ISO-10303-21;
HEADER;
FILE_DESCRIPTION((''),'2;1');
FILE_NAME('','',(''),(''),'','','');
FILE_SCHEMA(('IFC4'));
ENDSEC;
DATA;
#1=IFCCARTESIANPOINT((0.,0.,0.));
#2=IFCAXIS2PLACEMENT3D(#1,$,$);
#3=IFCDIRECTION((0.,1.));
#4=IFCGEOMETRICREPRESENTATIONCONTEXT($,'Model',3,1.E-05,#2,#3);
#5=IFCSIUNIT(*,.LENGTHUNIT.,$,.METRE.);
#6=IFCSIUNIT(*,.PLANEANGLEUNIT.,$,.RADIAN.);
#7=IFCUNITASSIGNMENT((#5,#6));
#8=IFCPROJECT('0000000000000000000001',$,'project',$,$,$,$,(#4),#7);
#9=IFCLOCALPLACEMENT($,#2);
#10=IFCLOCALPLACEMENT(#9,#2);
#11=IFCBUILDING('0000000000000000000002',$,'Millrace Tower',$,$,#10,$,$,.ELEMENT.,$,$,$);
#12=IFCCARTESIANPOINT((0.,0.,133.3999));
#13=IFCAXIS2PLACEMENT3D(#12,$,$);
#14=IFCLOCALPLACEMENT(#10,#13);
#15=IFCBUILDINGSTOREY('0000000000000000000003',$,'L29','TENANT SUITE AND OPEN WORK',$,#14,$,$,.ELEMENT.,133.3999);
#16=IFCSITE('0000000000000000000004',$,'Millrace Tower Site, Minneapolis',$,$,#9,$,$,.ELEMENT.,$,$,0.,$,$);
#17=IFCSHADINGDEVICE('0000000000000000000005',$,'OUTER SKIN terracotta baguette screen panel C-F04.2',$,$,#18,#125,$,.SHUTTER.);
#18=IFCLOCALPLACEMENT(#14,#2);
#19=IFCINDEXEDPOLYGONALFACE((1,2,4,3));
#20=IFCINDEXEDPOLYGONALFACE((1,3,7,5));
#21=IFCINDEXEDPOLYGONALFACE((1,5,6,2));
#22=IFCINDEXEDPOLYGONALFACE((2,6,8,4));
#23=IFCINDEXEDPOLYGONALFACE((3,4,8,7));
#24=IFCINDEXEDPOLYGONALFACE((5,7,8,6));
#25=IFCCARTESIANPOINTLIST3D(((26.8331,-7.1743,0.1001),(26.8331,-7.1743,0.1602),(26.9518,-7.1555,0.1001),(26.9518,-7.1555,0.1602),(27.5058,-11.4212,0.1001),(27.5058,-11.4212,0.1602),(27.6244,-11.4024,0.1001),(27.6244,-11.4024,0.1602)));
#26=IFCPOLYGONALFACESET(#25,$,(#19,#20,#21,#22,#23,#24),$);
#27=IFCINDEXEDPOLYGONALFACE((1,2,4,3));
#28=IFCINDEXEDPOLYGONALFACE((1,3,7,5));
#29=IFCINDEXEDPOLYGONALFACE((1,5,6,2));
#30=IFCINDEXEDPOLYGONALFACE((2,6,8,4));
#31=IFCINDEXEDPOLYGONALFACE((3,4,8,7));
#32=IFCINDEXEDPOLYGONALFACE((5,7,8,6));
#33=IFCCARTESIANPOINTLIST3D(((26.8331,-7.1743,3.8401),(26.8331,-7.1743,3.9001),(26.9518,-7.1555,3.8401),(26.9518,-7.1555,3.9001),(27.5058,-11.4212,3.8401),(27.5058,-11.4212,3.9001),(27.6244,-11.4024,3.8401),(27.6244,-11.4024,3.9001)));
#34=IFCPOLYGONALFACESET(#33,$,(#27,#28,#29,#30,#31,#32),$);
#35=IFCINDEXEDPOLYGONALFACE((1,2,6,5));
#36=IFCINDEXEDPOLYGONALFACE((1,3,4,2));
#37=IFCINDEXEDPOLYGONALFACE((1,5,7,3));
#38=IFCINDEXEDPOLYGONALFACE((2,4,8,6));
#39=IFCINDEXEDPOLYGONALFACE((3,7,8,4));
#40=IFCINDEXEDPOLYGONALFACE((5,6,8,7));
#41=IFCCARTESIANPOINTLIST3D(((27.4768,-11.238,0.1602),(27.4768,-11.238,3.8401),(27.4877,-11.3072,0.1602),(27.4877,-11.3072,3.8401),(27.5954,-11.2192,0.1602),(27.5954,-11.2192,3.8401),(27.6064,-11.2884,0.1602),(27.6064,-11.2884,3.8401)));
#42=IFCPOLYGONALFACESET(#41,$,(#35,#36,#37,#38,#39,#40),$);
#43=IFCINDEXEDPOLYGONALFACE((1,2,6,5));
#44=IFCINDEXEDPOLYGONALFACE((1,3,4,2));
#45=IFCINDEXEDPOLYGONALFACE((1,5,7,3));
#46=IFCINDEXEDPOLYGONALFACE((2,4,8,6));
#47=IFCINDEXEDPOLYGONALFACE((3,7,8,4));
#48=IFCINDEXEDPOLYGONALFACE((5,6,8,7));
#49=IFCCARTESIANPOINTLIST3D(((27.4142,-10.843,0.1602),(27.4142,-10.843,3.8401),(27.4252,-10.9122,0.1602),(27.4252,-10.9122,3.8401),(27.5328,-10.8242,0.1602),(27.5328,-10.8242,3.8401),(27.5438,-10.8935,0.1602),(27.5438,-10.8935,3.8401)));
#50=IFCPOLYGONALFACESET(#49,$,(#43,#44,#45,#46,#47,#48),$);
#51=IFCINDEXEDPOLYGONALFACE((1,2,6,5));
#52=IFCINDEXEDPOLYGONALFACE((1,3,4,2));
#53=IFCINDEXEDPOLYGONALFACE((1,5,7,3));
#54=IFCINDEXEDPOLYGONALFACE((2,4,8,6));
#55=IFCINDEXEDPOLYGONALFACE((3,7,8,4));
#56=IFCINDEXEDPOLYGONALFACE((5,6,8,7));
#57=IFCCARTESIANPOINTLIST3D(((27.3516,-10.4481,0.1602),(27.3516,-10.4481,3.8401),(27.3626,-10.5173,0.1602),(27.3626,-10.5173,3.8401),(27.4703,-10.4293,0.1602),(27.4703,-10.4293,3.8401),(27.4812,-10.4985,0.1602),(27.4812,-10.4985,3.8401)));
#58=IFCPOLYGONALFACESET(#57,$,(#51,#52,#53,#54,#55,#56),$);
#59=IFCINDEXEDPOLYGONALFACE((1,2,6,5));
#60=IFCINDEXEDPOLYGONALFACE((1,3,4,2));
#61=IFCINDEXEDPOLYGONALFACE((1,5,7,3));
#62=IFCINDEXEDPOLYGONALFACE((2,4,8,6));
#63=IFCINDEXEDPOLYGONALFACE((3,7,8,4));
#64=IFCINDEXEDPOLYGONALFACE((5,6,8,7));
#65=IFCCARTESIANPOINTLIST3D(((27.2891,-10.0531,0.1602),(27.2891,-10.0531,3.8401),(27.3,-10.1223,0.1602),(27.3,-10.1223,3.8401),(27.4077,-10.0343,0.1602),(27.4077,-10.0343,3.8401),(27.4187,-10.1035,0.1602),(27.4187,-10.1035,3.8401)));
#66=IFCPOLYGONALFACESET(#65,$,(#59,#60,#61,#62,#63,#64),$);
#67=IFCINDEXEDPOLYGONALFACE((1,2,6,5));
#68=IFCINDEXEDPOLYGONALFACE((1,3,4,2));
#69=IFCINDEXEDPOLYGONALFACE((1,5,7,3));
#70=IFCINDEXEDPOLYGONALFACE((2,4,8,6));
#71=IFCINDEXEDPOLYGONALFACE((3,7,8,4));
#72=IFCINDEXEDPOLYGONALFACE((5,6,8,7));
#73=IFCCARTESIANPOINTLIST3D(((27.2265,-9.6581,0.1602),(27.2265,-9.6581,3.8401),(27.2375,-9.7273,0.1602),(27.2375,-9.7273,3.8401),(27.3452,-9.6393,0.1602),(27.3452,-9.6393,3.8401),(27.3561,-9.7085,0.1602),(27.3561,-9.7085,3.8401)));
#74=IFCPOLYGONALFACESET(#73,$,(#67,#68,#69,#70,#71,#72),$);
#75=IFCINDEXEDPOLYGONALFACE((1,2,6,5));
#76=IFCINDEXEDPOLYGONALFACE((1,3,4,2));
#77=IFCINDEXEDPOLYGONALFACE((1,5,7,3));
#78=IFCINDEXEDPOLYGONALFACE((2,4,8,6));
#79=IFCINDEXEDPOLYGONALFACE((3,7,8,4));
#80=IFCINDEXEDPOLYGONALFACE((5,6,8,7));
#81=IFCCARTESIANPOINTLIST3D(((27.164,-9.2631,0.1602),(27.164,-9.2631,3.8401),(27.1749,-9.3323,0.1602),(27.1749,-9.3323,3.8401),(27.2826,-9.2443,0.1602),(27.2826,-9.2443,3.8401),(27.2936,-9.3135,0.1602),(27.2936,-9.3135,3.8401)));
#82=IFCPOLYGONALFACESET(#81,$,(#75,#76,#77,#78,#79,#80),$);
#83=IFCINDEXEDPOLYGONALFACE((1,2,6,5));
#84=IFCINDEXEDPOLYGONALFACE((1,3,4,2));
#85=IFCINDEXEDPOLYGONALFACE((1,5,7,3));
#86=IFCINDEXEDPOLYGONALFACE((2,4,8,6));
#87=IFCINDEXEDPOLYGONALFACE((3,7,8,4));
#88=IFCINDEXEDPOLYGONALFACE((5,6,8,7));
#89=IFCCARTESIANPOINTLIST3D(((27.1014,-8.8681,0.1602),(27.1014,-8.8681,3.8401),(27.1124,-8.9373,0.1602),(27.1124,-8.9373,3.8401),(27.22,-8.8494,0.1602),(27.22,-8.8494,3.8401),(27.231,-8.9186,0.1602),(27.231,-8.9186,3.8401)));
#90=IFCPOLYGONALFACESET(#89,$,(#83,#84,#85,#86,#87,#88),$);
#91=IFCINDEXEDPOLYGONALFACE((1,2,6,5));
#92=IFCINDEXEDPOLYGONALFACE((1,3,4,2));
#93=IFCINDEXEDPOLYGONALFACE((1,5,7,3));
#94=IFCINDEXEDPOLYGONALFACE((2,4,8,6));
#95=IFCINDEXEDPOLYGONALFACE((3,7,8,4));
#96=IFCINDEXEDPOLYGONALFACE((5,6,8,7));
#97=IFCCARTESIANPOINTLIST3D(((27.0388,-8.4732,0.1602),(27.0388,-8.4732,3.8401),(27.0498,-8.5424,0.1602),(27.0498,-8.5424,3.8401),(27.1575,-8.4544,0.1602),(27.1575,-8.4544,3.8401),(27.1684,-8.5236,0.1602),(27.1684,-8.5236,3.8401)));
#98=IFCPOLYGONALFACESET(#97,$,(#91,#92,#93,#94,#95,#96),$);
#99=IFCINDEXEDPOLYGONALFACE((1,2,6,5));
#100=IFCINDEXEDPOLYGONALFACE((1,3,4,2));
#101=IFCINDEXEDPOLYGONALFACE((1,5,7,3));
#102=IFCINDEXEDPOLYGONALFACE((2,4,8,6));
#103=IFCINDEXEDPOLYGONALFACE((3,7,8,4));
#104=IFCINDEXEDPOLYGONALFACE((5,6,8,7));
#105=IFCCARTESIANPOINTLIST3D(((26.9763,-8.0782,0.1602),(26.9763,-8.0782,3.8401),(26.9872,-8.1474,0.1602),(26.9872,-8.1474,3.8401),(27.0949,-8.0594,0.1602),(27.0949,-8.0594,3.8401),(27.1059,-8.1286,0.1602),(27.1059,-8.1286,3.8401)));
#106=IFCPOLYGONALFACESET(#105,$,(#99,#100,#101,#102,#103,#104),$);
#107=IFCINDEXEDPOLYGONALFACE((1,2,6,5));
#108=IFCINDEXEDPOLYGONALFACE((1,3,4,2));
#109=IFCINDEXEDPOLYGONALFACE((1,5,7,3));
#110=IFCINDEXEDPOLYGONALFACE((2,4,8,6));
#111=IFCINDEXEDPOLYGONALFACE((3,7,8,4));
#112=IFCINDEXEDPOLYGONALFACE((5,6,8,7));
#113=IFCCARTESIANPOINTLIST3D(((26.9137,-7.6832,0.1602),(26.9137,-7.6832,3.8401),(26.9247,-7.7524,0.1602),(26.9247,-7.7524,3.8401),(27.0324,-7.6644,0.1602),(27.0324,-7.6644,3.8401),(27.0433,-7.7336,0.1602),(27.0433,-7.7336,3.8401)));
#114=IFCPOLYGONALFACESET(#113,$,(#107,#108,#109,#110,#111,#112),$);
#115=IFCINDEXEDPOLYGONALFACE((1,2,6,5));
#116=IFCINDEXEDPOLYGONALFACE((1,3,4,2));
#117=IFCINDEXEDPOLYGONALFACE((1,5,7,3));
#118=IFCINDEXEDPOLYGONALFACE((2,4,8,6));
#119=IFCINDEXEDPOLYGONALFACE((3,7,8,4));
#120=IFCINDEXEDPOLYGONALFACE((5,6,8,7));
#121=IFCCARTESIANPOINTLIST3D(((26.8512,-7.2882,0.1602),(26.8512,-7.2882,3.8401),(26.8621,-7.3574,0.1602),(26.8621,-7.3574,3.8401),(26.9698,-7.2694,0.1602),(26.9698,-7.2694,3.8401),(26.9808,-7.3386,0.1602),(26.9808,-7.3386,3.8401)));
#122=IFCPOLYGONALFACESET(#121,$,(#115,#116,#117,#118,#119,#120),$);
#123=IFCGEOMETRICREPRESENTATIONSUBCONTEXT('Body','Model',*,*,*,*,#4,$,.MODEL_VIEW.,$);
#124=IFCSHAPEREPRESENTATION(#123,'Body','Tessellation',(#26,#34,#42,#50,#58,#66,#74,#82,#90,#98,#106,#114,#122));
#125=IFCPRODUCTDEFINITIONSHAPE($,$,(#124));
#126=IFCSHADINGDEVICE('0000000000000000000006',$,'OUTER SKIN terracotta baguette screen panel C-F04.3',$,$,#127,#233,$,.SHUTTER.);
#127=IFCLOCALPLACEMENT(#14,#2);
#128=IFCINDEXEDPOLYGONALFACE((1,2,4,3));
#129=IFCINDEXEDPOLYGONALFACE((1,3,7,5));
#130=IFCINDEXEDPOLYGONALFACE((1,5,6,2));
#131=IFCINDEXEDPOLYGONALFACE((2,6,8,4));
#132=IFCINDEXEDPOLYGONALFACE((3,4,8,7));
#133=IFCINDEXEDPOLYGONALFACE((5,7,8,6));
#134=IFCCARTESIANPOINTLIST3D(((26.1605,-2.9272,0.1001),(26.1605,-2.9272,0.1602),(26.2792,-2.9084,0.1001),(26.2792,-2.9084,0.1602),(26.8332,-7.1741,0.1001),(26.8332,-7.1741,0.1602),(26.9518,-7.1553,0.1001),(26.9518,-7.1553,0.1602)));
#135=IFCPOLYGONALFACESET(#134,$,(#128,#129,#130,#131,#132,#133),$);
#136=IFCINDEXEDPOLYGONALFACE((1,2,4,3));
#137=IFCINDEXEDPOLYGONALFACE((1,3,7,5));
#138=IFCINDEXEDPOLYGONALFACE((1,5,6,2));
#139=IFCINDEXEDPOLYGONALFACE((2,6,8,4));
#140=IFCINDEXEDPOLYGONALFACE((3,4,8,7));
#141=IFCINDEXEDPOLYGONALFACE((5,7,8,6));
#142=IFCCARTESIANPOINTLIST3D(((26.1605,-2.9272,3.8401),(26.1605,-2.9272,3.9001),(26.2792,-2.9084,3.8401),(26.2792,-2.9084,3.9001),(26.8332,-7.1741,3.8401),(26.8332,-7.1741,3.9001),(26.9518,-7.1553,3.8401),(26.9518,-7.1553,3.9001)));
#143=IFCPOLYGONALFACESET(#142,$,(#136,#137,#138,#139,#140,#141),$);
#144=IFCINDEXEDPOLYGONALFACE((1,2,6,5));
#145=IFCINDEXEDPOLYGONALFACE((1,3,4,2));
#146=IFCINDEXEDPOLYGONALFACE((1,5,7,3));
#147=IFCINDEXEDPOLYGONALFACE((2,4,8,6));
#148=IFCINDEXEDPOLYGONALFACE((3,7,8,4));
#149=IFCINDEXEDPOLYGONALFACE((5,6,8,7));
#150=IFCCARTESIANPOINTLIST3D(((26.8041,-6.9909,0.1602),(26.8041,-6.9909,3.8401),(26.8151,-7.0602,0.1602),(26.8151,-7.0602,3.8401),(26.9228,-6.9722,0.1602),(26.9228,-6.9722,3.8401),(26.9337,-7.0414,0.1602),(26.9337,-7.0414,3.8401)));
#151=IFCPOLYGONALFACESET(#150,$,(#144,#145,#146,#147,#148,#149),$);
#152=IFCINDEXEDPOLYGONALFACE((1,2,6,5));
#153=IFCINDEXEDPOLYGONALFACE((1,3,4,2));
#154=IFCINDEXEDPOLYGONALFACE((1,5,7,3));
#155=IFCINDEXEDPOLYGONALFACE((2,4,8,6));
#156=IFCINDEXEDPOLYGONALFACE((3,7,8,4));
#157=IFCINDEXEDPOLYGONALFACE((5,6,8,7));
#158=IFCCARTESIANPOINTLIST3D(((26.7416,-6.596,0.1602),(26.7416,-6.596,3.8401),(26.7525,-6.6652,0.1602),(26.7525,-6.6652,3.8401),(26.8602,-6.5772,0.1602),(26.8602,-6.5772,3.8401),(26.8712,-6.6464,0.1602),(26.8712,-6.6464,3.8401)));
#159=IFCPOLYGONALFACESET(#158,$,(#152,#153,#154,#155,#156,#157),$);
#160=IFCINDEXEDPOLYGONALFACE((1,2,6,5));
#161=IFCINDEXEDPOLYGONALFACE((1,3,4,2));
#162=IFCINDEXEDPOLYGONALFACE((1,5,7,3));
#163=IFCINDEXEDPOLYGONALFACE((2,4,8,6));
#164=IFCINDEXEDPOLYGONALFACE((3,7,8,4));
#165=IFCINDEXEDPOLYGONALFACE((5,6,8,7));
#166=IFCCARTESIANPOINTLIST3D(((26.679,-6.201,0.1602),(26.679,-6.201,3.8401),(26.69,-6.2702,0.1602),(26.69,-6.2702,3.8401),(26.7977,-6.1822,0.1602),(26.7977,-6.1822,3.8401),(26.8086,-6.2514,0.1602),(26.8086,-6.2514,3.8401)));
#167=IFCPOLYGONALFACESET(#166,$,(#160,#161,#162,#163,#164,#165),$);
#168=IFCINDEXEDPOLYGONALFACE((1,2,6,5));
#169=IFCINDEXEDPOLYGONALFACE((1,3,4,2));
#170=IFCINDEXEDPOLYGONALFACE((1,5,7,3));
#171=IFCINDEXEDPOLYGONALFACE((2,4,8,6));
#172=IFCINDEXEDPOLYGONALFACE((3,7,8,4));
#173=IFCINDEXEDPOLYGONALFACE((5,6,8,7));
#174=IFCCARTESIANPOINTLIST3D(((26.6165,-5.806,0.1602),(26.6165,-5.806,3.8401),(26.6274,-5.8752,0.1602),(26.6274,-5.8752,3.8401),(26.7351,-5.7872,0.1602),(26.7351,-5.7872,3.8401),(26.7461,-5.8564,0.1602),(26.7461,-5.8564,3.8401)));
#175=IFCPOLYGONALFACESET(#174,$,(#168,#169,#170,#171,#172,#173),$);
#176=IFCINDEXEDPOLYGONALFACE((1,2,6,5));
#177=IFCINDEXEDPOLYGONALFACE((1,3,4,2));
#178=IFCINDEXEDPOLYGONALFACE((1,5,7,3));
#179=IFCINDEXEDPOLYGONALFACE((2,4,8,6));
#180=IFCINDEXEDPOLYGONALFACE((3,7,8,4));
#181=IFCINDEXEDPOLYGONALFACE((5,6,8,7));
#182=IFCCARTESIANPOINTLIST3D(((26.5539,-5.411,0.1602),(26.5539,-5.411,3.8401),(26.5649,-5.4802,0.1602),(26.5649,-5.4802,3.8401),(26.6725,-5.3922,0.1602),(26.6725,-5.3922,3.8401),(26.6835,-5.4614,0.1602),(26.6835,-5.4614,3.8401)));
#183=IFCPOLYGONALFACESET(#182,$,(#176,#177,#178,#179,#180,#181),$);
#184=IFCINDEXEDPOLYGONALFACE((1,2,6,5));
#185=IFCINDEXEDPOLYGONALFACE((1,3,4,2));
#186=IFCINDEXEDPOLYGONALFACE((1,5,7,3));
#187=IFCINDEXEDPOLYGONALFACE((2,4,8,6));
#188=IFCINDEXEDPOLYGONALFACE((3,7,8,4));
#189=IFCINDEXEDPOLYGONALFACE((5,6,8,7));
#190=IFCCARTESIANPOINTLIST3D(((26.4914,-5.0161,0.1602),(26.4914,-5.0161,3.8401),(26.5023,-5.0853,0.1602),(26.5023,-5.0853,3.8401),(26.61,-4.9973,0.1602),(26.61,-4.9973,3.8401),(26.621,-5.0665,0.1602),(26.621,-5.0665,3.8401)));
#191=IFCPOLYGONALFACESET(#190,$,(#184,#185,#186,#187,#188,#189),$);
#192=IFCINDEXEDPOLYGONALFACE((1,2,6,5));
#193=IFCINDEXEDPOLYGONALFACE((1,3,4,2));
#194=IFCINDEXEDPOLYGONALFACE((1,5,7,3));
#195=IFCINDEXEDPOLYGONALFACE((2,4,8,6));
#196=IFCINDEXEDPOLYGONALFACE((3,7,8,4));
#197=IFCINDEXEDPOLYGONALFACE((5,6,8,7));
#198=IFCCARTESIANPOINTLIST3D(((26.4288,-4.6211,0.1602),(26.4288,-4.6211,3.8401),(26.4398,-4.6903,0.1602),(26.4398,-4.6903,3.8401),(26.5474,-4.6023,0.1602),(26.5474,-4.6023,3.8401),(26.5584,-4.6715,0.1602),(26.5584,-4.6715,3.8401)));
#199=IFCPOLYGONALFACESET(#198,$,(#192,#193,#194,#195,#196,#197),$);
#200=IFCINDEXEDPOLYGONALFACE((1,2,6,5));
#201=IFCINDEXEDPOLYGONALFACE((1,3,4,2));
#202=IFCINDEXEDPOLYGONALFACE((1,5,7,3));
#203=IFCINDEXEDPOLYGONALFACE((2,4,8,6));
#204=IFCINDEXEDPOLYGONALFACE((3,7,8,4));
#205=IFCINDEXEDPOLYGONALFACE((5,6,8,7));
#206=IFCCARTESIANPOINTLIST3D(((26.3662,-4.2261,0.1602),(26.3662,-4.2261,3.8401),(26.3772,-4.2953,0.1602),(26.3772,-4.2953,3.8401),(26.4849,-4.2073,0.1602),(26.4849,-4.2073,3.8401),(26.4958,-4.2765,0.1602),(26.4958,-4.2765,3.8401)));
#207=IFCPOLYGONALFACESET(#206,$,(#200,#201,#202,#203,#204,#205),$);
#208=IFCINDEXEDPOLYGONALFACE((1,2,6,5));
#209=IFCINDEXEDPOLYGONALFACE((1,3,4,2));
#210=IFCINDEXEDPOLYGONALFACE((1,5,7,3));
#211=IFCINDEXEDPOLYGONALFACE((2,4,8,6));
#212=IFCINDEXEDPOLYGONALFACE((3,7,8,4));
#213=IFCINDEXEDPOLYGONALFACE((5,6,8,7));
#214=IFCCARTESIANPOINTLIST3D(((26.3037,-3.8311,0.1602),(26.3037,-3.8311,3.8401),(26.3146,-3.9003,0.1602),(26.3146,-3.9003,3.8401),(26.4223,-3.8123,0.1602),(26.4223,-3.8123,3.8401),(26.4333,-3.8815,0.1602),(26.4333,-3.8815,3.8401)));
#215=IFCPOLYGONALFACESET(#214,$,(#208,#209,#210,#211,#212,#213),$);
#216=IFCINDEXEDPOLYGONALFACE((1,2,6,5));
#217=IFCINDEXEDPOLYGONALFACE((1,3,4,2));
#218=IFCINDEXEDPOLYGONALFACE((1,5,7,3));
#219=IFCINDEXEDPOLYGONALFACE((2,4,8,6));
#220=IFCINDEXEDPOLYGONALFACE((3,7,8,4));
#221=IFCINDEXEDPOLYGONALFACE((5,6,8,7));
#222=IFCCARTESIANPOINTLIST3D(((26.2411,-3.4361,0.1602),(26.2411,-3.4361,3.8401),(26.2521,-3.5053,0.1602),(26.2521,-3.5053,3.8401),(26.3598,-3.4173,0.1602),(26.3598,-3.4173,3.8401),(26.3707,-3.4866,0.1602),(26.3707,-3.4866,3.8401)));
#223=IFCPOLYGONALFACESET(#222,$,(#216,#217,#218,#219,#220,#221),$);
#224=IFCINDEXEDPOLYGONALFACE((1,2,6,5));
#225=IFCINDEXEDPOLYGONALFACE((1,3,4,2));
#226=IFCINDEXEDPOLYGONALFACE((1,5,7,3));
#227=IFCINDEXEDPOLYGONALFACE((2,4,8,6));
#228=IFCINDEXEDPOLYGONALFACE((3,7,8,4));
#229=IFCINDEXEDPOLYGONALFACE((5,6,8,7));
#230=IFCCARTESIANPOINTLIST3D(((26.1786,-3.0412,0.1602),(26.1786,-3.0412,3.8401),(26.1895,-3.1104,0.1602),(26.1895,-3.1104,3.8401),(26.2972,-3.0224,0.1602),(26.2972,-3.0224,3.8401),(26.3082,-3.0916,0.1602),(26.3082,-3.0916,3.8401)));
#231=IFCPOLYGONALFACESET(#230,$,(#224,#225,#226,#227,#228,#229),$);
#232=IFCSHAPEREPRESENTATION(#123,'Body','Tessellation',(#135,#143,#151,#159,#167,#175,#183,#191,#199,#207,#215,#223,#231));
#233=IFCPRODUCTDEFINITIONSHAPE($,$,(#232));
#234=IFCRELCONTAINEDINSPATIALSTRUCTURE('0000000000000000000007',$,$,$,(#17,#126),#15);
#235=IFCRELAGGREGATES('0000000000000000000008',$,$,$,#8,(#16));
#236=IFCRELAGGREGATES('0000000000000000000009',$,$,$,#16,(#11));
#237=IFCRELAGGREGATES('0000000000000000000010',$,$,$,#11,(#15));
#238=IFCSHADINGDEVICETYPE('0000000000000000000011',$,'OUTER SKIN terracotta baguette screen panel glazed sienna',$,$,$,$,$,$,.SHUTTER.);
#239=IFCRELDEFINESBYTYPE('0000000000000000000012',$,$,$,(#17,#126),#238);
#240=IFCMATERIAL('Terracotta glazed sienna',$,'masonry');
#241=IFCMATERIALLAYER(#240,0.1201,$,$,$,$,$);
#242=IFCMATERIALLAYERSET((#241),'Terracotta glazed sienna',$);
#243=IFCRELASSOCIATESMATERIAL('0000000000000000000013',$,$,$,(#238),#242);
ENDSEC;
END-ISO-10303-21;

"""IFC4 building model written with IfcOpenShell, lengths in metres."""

from ifc_helpers import new_model, entity, si_unit, direction, frame, frame_2d, origin, origin_2d, place, context, subcontext, project, spatial, rectangle, extrude, source, transform, mapped, material, layer, layer_set, type_object, element, save


model = new_model("IFC4")

# Units and contexts
model_context = context("Model", 3, precision=1e-05, world=origin(), true_north=direction((0.0, 1.0)))
body_context = subcontext(model_context, "Body", "Model", "MODEL_VIEW")
ifc_project = project(units=[si_unit("LENGTHUNIT", "METRE"), si_unit("PLANEANGLEUNIT", "RADIAN")], contexts=[model_context])

# Site, building, storey
site_placement = place(None, origin())
site = spatial("IfcSite", under=ifc_project, at=site_placement, Name="Millrace Tower Site, Minneapolis", CompositionType="ELEMENT", RefElevation=0.0)
building_placement = place(site_placement, origin())
building = spatial("IfcBuilding", under=site, at=building_placement, Name="Millrace Tower", CompositionType="ELEMENT")
storey_placement = place(building_placement, frame((0.0, 0.0, 133.3999)))
storey = spatial("IfcBuildingStorey", under=building, at=storey_placement, Name="L29", Description="TENANT SUITE AND OPEN WORK", CompositionType="ELEMENT", Elevation=133.3999)

# Shading devices
ifc_material_1 = material(Name="Terracotta glazed sienna", Category="masonry")
ifc_layer_1 = layer(ifc_material_1, 0.1201)
ifc_layer_set_1 = layer_set([ifc_layer_1], Name="Terracotta glazed sienna")
shading_device_type = type_object("IfcShadingDeviceType", Name="OUTER SKIN terracotta baguette screen panel glazed sienna", PredefinedType="SHUTTER", material=ifc_layer_set_1)
cartesian_point = entity("IfcCartesianPoint", [-2.1499, 0.0601])
shared_polyline = entity("IfcPolyline", [cartesian_point, entity("IfcCartesianPoint", [2.1499, 0.0601]), entity("IfcCartesianPoint", [2.1499, -0.0601]), entity("IfcCartesianPoint", [-2.1499, -0.0601]), cartesian_point])
shared_shape = source(origin(), body_context, "Body", "SweptSolid", [
    entity("IfcExtrudedAreaSolid", entity("IfcArbitraryClosedProfileDef", "AREA", None, shared_polyline), entity("IfcAxis2Placement3D", entity("IfcCartesianPoint", [0.0, 0.0, 0.0])), entity("IfcDirection", [0.0, 0.0, 1.0]), 0.0601),
    entity("IfcExtrudedAreaSolid", entity("IfcArbitraryClosedProfileDef", "AREA", None, shared_polyline), entity("IfcAxis2Placement3D", entity("IfcCartesianPoint", [0.0, 0.0, 3.74])), entity("IfcDirection", [0.0, 0.0, 1.0]), 0.0601),
    extrude(rectangle(XDim=0.0701, YDim=0.1201, at=frame_2d((-1.9995, 0.0))), frame((0.0, 0.0, 0.0601)), (0.0, 0.0, 1.0), 3.6799),
    extrude(rectangle(XDim=0.0701, YDim=0.1201, at=frame_2d((-1.5996, 0.0))), frame((0.0, 0.0, 0.0601)), (0.0, 0.0, 1.0), 3.6799),
    extrude(rectangle(XDim=0.0701, YDim=0.1201, at=frame_2d((-1.1997, 0.0))), frame((0.0, 0.0, 0.0601)), (0.0, 0.0, 1.0), 3.6799),
    extrude(rectangle(XDim=0.0701, YDim=0.1201, at=frame_2d((-0.7998, 0.0))), frame((0.0, 0.0, 0.0601)), (0.0, 0.0, 1.0), 3.6799),
    extrude(rectangle(XDim=0.0701, YDim=0.1201, at=frame_2d((-0.3999, 0.0))), frame((0.0, 0.0, 0.0601)), (0.0, 0.0, 1.0), 3.6799),
    extrude(rectangle(XDim=0.0701, YDim=0.1201, at=origin_2d()), frame((0.0, 0.0, 0.0601)), (0.0, 0.0, 1.0), 3.6799),
    extrude(rectangle(XDim=0.0701, YDim=0.1201, at=frame_2d((0.3999, 0.0))), frame((0.0, 0.0, 0.0601)), (0.0, 0.0, 1.0), 3.6799),
    extrude(rectangle(XDim=0.0701, YDim=0.1201, at=frame_2d((0.7998, 0.0))), frame((0.0, 0.0, 0.0601)), (0.0, 0.0, 1.0), 3.6799),
    extrude(rectangle(XDim=0.0701, YDim=0.1201, at=frame_2d((1.1997, 0.0))), frame((0.0, 0.0, 0.0601)), (0.0, 0.0, 1.0), 3.6799),
    extrude(rectangle(XDim=0.0701, YDim=0.1201, at=frame_2d((1.5996, 0.0))), frame((0.0, 0.0, 0.0601)), (0.0, 0.0, 1.0), 3.6799),
    extrude(rectangle(XDim=0.0701, YDim=0.1201, at=frame_2d((1.9995, 0.0))), frame((0.0, 0.0, 0.0601)), (0.0, 0.0, 1.0), 3.6799),
])
for number, where, z_axis, x_axis, name in (
    (1, (27.2288, -9.2883, 0.1001), (0.0, 0.0, 1.0), (-0.156434, 0.987688, 0.0), "OUTER SKIN terracotta baguette screen panel C-F04.2"),
    (2, (26.5562, -5.0413, 0.1001), (0.0, 0.0, 1.0), (-0.156434, 0.987688, 0.0), "OUTER SKIN terracotta baguette screen panel C-F04.3"),
):
    element("IfcShadingDevice", number, at=place(storey_placement, frame(where, z_axis=z_axis, x_axis=x_axis)), inside=storey, type_object=shading_device_type, Name=name, PredefinedType="SHUTTER", context=body_context, shape_type="MappedRepresentation", body=[
        mapped(shared_shape, transform((0.0, 0.0, 0.0), scale=1.0)),
    ])

save(model, "model.ifc")
